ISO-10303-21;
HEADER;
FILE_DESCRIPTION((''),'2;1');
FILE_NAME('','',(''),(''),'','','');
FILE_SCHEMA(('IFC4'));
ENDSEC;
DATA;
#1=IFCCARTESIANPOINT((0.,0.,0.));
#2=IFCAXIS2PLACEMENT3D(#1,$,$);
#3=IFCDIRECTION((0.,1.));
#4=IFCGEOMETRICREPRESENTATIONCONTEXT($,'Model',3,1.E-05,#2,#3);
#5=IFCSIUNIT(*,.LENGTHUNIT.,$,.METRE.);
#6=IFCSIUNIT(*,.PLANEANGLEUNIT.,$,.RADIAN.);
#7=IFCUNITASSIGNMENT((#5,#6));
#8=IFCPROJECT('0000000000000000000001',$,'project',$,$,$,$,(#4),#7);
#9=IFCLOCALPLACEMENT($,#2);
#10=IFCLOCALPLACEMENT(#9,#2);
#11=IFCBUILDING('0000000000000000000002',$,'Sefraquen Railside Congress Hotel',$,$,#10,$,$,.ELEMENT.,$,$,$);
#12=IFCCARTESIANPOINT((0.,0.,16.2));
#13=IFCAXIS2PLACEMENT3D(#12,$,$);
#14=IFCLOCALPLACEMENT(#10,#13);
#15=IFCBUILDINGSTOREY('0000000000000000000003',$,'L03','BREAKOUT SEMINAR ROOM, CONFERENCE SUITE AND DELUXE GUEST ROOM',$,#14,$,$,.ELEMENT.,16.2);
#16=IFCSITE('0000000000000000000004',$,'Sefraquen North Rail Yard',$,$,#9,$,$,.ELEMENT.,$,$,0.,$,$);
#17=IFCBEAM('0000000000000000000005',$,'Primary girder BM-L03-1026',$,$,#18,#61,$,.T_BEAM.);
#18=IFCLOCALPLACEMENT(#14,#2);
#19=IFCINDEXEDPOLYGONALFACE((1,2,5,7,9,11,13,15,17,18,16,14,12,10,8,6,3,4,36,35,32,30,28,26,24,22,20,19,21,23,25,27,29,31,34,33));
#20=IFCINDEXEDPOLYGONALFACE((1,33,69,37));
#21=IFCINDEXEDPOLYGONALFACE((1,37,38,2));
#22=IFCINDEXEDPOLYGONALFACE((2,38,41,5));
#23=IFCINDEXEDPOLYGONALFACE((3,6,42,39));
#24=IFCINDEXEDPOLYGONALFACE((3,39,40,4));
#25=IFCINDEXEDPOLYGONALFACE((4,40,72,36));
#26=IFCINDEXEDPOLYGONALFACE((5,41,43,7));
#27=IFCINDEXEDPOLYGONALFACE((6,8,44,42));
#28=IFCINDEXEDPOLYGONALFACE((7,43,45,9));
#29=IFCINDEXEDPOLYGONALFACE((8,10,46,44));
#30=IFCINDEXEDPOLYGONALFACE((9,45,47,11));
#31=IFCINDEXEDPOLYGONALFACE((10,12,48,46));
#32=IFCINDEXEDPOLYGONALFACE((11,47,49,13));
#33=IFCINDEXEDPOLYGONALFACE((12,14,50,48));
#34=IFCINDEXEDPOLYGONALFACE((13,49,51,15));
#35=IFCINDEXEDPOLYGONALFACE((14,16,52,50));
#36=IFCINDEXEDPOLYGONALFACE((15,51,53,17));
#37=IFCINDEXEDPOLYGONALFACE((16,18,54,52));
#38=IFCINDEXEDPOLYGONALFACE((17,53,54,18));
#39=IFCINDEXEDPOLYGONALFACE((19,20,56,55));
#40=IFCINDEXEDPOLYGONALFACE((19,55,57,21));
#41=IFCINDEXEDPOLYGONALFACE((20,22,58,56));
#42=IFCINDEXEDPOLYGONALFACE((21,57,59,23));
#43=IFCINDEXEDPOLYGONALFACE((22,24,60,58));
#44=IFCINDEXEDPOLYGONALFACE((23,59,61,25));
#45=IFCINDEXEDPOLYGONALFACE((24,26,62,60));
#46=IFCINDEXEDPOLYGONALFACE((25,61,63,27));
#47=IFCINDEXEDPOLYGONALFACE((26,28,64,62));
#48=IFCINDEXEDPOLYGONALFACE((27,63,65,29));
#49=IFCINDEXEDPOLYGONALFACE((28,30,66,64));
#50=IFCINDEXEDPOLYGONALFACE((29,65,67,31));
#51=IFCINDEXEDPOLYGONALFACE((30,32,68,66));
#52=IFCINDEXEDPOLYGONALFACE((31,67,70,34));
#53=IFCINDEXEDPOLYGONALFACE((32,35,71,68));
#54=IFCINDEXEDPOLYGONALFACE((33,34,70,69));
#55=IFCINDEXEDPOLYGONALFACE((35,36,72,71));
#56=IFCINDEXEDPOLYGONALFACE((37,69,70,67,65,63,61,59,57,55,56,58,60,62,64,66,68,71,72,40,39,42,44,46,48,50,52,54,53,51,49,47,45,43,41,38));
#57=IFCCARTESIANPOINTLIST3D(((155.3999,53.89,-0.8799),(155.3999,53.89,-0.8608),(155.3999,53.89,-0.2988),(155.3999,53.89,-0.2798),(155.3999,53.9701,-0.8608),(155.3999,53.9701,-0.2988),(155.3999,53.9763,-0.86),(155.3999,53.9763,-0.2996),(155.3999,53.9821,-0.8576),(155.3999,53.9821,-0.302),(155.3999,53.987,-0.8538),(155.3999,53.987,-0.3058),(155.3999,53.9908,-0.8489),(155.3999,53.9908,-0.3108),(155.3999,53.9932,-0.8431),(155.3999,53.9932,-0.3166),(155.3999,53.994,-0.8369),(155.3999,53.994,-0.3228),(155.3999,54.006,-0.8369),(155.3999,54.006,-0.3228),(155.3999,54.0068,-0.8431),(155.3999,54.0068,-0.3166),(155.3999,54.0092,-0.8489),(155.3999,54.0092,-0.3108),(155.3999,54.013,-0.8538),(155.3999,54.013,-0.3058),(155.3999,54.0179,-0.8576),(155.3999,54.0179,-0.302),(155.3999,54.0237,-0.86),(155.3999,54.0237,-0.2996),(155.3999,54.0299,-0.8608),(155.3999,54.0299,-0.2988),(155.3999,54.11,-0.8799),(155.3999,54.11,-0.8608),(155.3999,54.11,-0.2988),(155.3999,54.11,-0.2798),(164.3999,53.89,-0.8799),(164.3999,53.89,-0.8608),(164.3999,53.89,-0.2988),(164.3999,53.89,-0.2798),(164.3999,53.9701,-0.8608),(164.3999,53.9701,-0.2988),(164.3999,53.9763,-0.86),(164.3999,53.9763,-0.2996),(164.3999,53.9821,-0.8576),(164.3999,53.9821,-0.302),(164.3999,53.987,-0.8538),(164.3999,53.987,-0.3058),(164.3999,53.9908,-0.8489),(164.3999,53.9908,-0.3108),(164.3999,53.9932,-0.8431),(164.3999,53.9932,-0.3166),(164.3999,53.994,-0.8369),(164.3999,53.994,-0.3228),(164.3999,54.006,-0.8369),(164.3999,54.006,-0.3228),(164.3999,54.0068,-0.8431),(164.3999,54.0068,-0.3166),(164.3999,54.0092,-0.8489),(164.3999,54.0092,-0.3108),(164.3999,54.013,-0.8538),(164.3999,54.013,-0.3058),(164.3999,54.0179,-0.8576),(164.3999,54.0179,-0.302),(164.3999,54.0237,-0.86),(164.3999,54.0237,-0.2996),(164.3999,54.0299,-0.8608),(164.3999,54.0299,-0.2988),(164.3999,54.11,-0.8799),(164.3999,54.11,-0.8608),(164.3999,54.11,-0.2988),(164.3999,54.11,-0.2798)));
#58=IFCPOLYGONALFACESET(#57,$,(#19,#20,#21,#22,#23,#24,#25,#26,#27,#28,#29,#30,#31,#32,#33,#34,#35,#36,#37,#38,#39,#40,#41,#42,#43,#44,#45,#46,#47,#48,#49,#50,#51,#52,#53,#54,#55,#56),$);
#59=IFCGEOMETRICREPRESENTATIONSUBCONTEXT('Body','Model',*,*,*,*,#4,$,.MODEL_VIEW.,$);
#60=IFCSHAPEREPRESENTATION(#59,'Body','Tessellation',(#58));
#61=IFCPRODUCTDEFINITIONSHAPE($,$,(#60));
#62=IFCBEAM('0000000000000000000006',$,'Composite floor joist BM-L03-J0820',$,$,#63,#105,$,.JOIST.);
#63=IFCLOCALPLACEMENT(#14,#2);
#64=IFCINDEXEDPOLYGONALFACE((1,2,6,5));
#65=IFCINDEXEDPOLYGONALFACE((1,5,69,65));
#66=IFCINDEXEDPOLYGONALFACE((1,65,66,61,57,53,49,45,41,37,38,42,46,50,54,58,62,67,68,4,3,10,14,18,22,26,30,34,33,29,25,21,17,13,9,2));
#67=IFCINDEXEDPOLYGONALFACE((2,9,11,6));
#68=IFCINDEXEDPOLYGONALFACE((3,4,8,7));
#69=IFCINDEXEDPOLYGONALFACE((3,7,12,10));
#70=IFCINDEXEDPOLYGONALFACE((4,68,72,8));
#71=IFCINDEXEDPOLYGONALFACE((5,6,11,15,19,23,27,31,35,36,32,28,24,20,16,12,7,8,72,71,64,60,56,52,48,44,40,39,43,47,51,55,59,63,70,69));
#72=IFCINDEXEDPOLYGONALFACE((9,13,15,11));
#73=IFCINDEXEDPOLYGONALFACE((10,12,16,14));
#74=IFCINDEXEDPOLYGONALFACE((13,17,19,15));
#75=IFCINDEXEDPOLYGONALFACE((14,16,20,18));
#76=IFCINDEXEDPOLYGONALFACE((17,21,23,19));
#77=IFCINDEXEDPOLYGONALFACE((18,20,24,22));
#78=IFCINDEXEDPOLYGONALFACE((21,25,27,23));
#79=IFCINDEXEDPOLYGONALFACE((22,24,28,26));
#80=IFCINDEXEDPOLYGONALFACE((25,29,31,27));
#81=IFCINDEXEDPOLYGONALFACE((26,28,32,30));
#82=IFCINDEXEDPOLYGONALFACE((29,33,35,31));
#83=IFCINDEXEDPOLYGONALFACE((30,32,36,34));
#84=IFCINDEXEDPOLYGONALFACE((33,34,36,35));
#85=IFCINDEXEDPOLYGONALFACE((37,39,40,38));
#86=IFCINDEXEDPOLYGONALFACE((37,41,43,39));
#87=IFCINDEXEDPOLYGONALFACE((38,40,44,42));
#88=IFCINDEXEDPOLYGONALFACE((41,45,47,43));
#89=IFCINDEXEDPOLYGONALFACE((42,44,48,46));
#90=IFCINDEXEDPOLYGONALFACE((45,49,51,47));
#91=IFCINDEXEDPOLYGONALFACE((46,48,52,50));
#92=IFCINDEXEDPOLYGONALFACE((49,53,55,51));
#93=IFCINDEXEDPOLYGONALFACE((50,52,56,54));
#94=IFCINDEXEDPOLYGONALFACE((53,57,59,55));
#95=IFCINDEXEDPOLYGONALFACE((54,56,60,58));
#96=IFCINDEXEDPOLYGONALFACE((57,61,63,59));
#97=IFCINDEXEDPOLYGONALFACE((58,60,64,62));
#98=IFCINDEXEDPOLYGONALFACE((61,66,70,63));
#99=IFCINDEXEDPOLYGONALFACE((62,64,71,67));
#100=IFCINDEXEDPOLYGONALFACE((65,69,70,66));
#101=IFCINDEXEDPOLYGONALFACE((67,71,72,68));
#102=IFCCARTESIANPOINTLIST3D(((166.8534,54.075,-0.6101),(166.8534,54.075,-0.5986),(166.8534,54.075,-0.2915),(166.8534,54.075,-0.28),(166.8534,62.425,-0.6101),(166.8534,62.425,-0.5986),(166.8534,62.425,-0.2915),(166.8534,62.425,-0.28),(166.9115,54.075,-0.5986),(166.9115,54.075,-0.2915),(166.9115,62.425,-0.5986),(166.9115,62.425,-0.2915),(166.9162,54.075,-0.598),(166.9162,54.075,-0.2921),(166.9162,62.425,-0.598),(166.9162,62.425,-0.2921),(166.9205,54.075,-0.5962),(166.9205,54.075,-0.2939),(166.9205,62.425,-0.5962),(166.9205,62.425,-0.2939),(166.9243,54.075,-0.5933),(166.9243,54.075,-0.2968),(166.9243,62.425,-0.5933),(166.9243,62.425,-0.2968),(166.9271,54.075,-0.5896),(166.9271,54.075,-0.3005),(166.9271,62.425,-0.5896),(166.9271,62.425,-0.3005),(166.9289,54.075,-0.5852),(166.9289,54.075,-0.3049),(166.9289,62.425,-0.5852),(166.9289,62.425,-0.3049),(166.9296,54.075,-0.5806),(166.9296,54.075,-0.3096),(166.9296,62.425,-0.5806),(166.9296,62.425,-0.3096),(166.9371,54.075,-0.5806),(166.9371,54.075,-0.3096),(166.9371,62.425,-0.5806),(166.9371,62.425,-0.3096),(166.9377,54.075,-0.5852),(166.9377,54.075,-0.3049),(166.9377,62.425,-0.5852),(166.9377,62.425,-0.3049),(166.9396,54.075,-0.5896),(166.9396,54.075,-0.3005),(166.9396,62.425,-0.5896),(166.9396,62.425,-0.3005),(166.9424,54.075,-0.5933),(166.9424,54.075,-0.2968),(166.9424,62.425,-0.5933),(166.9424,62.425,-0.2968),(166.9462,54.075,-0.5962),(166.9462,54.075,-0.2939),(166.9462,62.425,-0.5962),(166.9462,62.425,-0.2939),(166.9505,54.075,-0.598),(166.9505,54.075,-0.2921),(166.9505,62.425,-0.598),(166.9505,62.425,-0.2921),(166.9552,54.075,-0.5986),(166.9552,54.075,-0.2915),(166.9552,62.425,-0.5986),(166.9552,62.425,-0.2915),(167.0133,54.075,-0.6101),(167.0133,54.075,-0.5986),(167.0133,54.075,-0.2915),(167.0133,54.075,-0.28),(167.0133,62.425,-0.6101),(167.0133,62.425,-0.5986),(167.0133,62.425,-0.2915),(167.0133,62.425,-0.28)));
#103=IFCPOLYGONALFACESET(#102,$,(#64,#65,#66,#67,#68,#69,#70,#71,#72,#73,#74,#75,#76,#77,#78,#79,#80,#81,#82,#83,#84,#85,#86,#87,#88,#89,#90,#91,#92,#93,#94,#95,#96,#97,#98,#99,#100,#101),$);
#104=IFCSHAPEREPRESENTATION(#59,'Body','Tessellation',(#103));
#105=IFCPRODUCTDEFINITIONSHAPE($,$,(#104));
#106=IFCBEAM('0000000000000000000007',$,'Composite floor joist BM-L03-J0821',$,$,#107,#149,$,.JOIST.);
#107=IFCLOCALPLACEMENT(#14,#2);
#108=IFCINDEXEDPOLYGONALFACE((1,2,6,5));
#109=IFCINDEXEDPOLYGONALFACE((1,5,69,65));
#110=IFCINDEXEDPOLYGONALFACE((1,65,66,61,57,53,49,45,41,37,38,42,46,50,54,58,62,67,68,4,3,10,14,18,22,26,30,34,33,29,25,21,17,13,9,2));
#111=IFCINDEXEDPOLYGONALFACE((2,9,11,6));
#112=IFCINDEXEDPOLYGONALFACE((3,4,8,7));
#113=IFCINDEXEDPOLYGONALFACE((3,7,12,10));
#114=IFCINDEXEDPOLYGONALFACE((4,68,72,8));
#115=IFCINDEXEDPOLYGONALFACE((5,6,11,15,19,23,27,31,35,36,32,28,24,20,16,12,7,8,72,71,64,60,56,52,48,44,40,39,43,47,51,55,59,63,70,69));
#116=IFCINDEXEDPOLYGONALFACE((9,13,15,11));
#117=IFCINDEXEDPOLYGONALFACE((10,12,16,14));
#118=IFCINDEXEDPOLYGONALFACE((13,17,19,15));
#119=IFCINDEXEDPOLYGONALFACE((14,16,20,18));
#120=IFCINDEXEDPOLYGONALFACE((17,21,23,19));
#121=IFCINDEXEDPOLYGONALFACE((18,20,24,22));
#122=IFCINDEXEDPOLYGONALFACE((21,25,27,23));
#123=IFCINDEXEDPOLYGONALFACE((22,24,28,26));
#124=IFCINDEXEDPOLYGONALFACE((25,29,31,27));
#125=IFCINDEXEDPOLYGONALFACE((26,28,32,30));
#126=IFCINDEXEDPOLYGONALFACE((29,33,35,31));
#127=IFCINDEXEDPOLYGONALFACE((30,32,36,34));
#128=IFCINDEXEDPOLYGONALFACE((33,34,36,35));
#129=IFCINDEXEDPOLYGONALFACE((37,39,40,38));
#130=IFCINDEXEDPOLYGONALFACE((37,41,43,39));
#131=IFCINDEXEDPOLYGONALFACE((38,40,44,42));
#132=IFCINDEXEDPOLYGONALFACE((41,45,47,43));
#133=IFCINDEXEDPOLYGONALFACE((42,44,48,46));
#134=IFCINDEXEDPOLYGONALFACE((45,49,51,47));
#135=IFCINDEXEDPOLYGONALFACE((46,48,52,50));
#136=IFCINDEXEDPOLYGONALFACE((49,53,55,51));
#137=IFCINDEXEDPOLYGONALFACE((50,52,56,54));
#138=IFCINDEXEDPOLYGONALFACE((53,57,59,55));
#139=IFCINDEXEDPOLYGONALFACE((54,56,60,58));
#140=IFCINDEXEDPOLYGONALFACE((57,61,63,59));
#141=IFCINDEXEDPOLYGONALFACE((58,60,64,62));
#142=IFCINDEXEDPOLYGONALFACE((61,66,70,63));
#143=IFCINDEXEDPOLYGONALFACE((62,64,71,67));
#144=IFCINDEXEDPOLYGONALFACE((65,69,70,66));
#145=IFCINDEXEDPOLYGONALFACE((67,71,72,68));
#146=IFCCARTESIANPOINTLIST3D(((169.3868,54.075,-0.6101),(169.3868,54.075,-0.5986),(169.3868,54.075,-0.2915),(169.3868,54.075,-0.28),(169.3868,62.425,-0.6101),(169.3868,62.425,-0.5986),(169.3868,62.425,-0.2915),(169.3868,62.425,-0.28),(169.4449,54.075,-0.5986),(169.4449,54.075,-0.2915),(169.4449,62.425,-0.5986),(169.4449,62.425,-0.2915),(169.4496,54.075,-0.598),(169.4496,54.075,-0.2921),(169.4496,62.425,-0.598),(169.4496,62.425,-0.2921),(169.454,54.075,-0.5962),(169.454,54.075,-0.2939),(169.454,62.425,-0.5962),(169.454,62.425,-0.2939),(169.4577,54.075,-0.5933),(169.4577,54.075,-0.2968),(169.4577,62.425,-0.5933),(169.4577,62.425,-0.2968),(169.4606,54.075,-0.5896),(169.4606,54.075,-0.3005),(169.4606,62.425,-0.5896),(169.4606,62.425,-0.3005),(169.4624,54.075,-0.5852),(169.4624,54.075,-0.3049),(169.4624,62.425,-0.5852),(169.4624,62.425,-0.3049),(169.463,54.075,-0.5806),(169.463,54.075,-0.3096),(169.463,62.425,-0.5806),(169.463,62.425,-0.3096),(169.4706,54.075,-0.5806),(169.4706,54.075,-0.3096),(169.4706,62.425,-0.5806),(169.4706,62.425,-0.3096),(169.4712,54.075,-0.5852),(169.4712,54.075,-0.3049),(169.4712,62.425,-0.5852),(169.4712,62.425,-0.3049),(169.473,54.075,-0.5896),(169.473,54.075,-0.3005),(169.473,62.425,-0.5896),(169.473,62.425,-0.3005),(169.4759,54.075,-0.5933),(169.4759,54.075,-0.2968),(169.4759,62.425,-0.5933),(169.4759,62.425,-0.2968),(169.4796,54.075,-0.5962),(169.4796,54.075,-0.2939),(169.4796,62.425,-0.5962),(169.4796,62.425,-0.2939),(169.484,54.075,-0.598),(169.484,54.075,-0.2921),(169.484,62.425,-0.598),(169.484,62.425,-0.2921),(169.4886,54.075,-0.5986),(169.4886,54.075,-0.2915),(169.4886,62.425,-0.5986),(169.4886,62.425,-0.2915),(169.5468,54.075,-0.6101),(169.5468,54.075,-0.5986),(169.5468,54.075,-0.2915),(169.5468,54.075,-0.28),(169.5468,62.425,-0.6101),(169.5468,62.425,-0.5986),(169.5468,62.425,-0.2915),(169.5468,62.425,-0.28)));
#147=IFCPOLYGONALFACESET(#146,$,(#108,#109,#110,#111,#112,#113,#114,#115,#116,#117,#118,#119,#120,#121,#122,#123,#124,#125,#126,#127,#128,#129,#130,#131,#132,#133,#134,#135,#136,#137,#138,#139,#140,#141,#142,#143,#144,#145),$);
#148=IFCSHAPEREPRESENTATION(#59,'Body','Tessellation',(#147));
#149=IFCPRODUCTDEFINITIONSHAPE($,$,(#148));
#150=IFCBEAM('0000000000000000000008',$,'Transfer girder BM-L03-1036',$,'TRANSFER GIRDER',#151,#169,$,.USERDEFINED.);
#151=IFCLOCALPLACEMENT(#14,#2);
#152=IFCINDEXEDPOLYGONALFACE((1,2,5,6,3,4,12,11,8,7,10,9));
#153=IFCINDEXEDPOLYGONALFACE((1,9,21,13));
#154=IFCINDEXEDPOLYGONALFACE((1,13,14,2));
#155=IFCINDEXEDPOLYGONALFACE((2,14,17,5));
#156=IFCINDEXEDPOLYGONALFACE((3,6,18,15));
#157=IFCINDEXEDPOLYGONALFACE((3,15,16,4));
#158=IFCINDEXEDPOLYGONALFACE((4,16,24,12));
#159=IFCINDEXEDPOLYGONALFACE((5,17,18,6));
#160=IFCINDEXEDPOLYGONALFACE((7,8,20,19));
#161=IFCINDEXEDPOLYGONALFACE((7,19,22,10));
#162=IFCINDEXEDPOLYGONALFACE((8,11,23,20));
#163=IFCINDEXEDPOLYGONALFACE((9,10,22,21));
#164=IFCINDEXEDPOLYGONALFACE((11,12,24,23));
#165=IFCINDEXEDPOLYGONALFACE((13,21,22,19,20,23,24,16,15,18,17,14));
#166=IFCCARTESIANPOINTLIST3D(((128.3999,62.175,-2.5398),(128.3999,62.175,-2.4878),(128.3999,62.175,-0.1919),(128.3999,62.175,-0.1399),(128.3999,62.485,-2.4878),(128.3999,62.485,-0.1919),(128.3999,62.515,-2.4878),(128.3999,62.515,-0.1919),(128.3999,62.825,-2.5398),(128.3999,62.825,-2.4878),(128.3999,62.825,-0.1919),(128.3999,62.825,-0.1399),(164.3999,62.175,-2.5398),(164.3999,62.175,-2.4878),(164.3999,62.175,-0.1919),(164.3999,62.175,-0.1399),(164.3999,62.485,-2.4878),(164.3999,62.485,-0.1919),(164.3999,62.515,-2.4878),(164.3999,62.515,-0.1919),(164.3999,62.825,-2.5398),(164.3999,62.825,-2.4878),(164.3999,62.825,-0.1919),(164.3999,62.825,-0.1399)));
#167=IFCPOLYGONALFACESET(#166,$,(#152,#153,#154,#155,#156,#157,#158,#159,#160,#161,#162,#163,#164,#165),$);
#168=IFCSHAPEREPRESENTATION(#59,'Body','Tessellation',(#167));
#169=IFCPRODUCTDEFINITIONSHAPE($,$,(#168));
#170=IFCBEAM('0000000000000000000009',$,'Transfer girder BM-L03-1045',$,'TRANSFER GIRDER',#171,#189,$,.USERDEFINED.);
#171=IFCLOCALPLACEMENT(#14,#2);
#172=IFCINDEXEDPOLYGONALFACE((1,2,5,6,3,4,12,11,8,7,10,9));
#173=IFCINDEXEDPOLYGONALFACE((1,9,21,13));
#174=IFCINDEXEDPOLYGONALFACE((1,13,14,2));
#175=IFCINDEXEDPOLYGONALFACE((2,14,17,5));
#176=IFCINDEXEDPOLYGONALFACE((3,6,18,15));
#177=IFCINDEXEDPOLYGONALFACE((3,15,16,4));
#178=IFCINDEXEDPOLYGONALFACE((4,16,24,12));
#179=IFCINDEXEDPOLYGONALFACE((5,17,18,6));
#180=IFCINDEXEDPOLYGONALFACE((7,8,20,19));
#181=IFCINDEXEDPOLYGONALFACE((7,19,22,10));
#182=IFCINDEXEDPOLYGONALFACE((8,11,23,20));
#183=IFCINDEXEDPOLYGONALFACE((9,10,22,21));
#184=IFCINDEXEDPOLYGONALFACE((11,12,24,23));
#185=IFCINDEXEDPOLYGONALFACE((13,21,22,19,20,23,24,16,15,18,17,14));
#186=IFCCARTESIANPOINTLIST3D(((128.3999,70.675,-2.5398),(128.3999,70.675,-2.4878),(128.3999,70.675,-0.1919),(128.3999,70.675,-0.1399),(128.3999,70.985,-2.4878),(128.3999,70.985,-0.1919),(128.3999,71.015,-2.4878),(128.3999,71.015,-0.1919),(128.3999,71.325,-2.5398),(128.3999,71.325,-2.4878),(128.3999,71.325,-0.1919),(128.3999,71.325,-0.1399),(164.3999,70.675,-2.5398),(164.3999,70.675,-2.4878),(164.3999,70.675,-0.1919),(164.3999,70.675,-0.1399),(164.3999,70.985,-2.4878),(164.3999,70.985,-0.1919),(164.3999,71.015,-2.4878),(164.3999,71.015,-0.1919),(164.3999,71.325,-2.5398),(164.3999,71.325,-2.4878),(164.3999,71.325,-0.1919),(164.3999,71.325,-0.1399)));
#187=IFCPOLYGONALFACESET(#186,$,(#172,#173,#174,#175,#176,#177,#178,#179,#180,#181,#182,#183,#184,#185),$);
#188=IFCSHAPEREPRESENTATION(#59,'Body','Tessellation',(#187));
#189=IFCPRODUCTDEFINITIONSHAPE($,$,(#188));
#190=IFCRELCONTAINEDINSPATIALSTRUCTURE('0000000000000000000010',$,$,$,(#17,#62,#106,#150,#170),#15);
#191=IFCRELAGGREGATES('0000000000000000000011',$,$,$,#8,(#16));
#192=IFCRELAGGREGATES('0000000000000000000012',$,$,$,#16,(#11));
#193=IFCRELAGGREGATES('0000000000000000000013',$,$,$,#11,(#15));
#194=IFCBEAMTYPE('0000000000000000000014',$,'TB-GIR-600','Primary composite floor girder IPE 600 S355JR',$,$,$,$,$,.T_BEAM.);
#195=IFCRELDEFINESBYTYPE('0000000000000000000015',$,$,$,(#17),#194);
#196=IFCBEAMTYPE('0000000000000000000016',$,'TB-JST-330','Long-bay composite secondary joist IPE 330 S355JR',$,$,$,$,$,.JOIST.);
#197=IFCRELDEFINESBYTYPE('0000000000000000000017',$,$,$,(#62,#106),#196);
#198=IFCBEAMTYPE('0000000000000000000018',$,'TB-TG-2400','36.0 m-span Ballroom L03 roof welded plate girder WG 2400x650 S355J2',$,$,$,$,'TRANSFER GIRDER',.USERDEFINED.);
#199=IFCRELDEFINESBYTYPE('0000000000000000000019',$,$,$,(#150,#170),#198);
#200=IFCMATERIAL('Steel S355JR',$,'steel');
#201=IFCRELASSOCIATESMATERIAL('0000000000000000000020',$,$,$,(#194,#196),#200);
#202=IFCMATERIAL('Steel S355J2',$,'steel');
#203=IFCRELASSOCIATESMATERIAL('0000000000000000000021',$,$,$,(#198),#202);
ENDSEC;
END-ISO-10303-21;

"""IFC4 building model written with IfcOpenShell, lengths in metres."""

from ifc_helpers import new_model, si_unit, direction, frame, origin, origin_2d, place, context, subcontext, project, spatial, i_section, extrude, material, material_profile, profile_set, type_object, element, save


model = new_model("IFC4")

# Units and contexts
model_context = context("Model", 3, precision=1e-05, world=origin(), true_north=direction((0.0, 1.0)))
body_context = subcontext(model_context, "Body", "Model", "MODEL_VIEW")
ifc_project = project(units=[si_unit("LENGTHUNIT", "METRE"), si_unit("PLANEANGLEUNIT", "RADIAN")], contexts=[model_context])

# Site, building, storey
site_placement = place(None, origin())
site = spatial("IfcSite", under=ifc_project, at=site_placement, Name="Sefraquen North Rail Yard", CompositionType="ELEMENT", RefElevation=0.0)
building_placement = place(site_placement, origin())
building = spatial("IfcBuilding", under=site, at=building_placement, Name="Sefraquen Railside Congress Hotel", CompositionType="ELEMENT")
storey_placement = place(building_placement, frame((0.0, 0.0, 16.2)))
storey = spatial("IfcBuildingStorey", under=building, at=storey_placement, Name="L03", Description="BREAKOUT SEMINAR ROOM, CONFERENCE SUITE AND DELUXE GUEST ROOM", CompositionType="ELEMENT", Elevation=16.2)

# Shared definitions
ifc_material_1 = material(Name="Steel S355JR", Category="steel")

# Beams
ifc_material_profile_1 = material_profile(ifc_material_1, i_section(OverallWidth=0.22, OverallDepth=0.6001, WebThickness=0.012, FlangeThickness=0.019, FilletRadius=0.0239, at=origin_2d()), Name="IPE 600")
ifc_profile_set_1 = profile_set([ifc_material_profile_1], Name="Steel S355JR")
beam_type_1 = type_object("IfcBeamType", Name="TB-GIR-600", Description="Primary composite floor girder IPE 600 S355JR", PredefinedType="T_BEAM", material=ifc_profile_set_1)
for number, where, z_axis, x_axis, name in (
    (1, (155.3999, 54.0, -0.5798), (1.0, 0.0, 0.0), (0.0, 1.0, 0.0), "Primary girder BM-L03-1026"),
):
    element("IfcBeam", number, at=place(storey_placement, frame(where, z_axis=z_axis, x_axis=x_axis)), inside=storey, type_object=beam_type_1, Name=name, PredefinedType="T_BEAM", context=body_context, shape_type="SweptSolid", body=[
        extrude(i_section(OverallWidth=0.22, OverallDepth=0.6001, WebThickness=0.012, FlangeThickness=0.019, FilletRadius=0.0239, at=origin_2d()), origin(), (0.0, 0.0, 1.0), 9.0),
    ])
ifc_material_profile_2 = material_profile(ifc_material_1, i_section(OverallWidth=0.1599, OverallDepth=0.3301, WebThickness=0.0076, FlangeThickness=0.0115, FilletRadius=0.0181, at=origin_2d()), Name="IPE 330")
ifc_profile_set_2 = profile_set([ifc_material_profile_2], Name="Steel S355JR")
beam_type_2 = type_object("IfcBeamType", Name="TB-JST-330", Description="Long-bay composite secondary joist IPE 330 S355JR", PredefinedType="JOIST", material=ifc_profile_set_2)
for number, where, z_axis, x_axis, name in (
    (2, (166.9333, 54.075, -0.4451), (0.0, 1.0, 0.0), (-1.0, 0.0, 0.0), "Composite floor joist BM-L03-J0820"),
    (3, (169.4668, 54.075, -0.4451), (0.0, 1.0, 0.0), (-1.0, 0.0, 0.0), "Composite floor joist BM-L03-J0821"),
):
    element("IfcBeam", number, at=place(storey_placement, frame(where, z_axis=z_axis, x_axis=x_axis)), inside=storey, type_object=beam_type_2, Name=name, PredefinedType="JOIST", context=body_context, shape_type="SweptSolid", body=[
        extrude(i_section(OverallWidth=0.1599, OverallDepth=0.3301, WebThickness=0.0076, FlangeThickness=0.0115, FilletRadius=0.0181, at=origin_2d()), origin(), (0.0, 0.0, 1.0), 8.3501),
    ])
ifc_material_2 = material(Name="Steel S355J2", Category="steel")
ifc_material_profile_3 = material_profile(ifc_material_2, i_section(OverallWidth=0.6499, OverallDepth=2.3999, WebThickness=0.03, FlangeThickness=0.052, at=origin_2d()), Name="WG 2400x650")
ifc_profile_set_3 = profile_set([ifc_material_profile_3], Name="Steel S355J2")
beam_type_3 = type_object("IfcBeamType", Name="TB-TG-2400", Description="36.0 m-span Ballroom L03 roof welded plate girder WG 2400x650 S355J2", ElementType="TRANSFER GIRDER", PredefinedType="USERDEFINED", material=ifc_profile_set_3)
for number, where, z_axis, x_axis, name in (
    (4, (128.3999, 62.5, -1.3398), (1.0, 0.0, 0.0), (0.0, 1.0, 0.0), "Transfer girder BM-L03-1036"),
    (5, (128.3999, 71.0, -1.3398), (1.0, 0.0, 0.0), (0.0, 1.0, 0.0), "Transfer girder BM-L03-1045"),
):
    element("IfcBeam", number, at=place(storey_placement, frame(where, z_axis=z_axis, x_axis=x_axis)), inside=storey, type_object=beam_type_3, Name=name, ObjectType="TRANSFER GIRDER", PredefinedType="USERDEFINED", context=body_context, shape_type="SweptSolid", body=[
        extrude(i_section(OverallWidth=0.6499, OverallDepth=2.3999, WebThickness=0.03, FlangeThickness=0.052, at=origin_2d()), origin(), (0.0, 0.0, 1.0), 36.0),
    ])

save(model, "model.ifc")
